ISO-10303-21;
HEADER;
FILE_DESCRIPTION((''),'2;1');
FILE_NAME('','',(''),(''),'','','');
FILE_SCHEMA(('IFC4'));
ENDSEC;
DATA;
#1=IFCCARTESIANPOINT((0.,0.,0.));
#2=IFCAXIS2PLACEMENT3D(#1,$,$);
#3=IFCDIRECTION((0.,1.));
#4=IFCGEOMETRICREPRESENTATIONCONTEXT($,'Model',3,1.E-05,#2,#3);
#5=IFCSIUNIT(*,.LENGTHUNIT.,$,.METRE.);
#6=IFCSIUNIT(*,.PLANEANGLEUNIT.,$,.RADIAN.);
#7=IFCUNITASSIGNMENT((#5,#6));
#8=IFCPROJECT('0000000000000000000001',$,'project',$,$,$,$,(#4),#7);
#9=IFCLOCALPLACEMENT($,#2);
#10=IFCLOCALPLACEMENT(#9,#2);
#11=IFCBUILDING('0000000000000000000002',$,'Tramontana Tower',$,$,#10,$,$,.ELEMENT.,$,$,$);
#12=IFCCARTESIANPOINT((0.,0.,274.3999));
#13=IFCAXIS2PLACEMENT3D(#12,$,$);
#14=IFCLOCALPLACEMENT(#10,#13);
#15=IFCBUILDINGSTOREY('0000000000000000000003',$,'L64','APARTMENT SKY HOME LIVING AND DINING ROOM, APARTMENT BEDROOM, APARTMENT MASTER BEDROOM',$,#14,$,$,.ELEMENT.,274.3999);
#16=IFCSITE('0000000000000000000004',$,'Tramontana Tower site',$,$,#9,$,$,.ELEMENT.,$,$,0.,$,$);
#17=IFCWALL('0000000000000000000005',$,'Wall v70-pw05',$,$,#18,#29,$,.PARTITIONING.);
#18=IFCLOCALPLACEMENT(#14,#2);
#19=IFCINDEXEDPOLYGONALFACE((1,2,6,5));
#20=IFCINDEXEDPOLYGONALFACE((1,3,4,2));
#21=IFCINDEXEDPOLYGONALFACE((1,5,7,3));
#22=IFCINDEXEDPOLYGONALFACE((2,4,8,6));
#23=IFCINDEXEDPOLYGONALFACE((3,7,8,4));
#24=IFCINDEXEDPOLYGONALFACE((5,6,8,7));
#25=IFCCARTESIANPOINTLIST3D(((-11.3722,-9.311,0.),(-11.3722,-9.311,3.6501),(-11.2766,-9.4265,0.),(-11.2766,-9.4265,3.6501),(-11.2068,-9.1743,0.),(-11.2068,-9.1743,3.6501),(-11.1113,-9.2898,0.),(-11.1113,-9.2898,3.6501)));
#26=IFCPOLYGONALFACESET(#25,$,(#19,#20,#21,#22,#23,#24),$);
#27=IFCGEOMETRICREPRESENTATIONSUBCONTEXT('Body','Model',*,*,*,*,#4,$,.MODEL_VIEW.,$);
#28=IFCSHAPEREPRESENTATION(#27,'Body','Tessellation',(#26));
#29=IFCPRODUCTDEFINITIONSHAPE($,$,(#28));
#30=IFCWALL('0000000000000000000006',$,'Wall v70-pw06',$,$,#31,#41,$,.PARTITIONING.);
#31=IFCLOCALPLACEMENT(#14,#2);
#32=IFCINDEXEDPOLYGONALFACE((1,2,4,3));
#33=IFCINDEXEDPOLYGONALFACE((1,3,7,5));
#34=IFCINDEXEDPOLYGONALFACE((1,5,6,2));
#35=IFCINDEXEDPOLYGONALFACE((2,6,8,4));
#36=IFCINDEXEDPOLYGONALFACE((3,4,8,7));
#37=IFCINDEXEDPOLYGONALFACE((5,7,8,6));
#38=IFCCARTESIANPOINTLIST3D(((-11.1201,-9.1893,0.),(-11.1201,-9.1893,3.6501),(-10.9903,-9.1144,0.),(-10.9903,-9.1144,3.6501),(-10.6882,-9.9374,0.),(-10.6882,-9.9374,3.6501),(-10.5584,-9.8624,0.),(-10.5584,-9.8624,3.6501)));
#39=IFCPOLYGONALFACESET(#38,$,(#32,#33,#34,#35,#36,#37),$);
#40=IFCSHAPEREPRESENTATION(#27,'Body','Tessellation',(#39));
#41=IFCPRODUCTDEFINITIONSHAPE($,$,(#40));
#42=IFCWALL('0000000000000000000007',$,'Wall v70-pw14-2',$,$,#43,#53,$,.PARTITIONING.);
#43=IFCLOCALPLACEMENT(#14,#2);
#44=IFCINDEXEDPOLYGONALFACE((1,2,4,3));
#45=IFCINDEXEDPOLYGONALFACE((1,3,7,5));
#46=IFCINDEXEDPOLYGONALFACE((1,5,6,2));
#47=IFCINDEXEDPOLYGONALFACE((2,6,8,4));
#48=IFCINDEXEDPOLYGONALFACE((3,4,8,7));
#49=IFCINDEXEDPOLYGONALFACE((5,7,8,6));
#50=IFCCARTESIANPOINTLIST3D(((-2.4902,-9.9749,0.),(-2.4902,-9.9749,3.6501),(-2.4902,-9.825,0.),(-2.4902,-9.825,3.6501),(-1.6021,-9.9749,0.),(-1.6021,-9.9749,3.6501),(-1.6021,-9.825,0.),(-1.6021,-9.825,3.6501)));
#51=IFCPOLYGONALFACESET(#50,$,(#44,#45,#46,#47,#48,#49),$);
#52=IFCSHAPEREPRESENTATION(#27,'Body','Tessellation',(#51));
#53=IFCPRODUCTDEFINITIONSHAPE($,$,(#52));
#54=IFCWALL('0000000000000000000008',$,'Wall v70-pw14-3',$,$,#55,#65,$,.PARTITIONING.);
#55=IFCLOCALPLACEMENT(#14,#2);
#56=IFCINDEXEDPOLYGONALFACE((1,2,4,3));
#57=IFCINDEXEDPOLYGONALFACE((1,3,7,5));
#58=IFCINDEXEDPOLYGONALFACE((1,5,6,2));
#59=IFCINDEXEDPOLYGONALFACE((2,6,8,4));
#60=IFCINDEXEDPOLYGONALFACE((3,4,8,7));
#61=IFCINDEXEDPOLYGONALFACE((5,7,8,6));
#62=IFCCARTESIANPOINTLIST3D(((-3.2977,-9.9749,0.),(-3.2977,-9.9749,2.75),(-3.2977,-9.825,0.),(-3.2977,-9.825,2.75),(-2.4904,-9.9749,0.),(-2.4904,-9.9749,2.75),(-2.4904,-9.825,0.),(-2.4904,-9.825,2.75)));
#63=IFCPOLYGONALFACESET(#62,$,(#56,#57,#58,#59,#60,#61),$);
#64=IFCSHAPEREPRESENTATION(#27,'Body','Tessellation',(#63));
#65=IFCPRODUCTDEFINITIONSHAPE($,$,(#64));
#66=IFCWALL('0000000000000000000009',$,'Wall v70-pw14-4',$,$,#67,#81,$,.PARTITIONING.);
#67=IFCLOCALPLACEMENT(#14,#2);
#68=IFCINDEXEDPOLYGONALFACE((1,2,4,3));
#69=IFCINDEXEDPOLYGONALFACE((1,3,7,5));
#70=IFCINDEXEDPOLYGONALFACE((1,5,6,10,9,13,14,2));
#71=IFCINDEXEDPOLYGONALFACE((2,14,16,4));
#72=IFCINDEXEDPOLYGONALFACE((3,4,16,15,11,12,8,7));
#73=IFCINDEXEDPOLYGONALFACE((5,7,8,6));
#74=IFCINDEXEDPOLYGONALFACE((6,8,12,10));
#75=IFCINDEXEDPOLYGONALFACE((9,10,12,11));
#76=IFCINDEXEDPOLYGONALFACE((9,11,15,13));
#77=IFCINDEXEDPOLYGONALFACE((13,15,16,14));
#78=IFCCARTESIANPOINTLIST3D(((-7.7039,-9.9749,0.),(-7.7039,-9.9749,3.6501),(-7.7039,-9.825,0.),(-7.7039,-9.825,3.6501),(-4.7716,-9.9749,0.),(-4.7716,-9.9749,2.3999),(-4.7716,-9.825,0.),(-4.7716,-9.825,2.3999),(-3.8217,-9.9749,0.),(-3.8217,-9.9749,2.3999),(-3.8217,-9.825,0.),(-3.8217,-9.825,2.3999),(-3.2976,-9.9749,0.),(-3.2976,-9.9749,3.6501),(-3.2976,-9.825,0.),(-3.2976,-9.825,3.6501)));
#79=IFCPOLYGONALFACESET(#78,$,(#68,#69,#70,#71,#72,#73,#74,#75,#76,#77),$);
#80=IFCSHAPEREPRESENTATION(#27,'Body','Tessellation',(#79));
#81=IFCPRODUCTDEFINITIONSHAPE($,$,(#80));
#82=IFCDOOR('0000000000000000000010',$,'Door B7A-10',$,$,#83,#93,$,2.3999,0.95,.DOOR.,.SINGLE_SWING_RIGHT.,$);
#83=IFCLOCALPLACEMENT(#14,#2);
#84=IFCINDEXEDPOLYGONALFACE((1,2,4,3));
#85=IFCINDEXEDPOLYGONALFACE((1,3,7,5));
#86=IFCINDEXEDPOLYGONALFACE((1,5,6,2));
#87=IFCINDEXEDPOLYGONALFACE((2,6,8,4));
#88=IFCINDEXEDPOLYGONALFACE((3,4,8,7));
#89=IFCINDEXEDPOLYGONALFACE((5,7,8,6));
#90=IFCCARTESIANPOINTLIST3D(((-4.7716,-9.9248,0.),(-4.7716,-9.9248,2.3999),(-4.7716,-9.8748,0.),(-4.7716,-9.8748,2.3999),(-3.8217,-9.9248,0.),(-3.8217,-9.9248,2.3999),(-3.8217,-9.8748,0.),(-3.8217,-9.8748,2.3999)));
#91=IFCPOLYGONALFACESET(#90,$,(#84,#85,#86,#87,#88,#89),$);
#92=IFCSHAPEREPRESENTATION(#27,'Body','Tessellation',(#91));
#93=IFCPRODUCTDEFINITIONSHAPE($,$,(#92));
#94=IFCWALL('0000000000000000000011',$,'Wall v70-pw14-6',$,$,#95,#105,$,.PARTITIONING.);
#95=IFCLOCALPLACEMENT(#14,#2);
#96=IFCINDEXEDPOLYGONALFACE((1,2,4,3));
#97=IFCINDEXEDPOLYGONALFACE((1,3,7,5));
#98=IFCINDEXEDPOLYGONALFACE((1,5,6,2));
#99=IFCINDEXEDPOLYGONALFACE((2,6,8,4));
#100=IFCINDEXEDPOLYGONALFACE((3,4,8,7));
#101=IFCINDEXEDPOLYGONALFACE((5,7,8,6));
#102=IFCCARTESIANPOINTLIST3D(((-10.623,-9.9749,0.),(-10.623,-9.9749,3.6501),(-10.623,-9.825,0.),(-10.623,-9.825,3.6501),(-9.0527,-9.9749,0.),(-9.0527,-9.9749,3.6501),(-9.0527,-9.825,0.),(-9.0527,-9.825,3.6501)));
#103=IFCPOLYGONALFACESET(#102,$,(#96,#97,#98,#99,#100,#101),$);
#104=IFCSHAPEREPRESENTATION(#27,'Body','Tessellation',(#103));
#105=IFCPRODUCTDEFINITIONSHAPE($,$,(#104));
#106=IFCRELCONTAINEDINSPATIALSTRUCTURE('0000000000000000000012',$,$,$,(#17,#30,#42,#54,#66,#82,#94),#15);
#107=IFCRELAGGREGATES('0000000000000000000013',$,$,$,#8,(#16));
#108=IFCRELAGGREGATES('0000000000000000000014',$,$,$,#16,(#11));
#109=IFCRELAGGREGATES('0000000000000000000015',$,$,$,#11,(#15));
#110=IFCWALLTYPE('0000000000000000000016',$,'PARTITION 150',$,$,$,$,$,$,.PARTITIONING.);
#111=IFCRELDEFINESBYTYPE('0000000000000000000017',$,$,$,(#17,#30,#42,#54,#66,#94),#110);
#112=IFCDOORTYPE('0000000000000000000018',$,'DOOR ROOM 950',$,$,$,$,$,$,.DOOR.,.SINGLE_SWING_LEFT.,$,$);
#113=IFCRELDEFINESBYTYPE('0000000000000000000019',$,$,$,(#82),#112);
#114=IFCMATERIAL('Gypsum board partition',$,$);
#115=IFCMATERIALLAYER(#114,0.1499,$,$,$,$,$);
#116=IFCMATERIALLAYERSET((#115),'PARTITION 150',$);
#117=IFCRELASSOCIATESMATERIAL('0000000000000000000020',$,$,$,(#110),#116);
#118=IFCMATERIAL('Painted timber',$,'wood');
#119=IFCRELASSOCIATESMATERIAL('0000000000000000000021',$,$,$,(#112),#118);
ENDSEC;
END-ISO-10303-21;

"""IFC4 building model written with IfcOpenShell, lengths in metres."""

from ifc_helpers import new_model, si_unit, direction, frame, frame_2d, origin, place, context, subcontext, project, spatial, rectangle, extrude, material, layer, layer_set, type_object, element, fill, save


model = new_model("IFC4")

# Units and contexts
model_context = context("Model", 3, precision=1e-05, world=origin(), true_north=direction((0.0, 1.0)))
body_context = subcontext(model_context, "Body", "Model", "MODEL_VIEW")
ifc_project = project(units=[si_unit("LENGTHUNIT", "METRE"), si_unit("PLANEANGLEUNIT", "RADIAN")], contexts=[model_context])

# Site, building, storey
site_placement = place(None, origin())
site = spatial("IfcSite", under=ifc_project, at=site_placement, Name="Tramontana Tower site", CompositionType="ELEMENT", RefElevation=0.0)
building_placement = place(site_placement, origin())
building = spatial("IfcBuilding", under=site, at=building_placement, Name="Tramontana Tower", CompositionType="ELEMENT")
storey_placement = place(building_placement, frame((0.0, 0.0, 274.3999)))
storey = spatial("IfcBuildingStorey", under=building, at=storey_placement, Name="L64", Description="APARTMENT SKY HOME LIVING AND DINING ROOM, APARTMENT BEDROOM, APARTMENT MASTER BEDROOM", CompositionType="ELEMENT", Elevation=274.3999)

# Walls
ifc_material_1 = material(Name="Gypsum board partition")
ifc_layer_1 = layer(ifc_material_1, 0.1499)
ifc_layer_set_1 = layer_set([ifc_layer_1], Name="PARTITION 150")
wall_type_1 = type_object("IfcWallType", Name="PARTITION 150", PredefinedType="PARTITIONING", material=ifc_layer_set_1)
wall_1_placement = place(storey_placement, frame((-11.1589, -9.2319, 0.0), z_axis=(0.0, 0.0, 1.0), x_axis=(-0.770549, -0.637381, 0.0)))
element("IfcWall", 1, at=wall_1_placement, inside=storey, type_object=wall_type_1, Name="Wall v70-pw05", PredefinedType="PARTITIONING", context=body_context, shape_type="SweptSolid", body=[
    extrude(rectangle(XDim=0.2146, YDim=0.1499, at=frame_2d((0.1074, 0.0))), origin(), (0.0, 0.0, 1.0), 3.6501),
])
wall_2_placement = place(storey_placement, frame((-10.6233, -9.8999, 0.0), z_axis=(0.0, 0.0, 1.0), x_axis=(-0.5, 0.866026, 0.0)))
element("IfcWall", 2, at=wall_2_placement, inside=storey, type_object=wall_type_1, Name="Wall v70-pw06", PredefinedType="PARTITIONING", context=body_context, shape_type="SweptSolid", body=[
    extrude(rectangle(XDim=0.8638, YDim=0.1499, at=frame_2d((0.4319, 0.0))), origin(), (0.0, 0.0, 1.0), 3.6501),
])
wall_3_placement = place(storey_placement, frame((-1.6021, -9.8999, 0.0), z_axis=(0.0, 0.0, 1.0), x_axis=(-1.0, 0.0, 0.0)))
element("IfcWall", 3, at=wall_3_placement, inside=storey, type_object=wall_type_1, Name="Wall v70-pw14-2", PredefinedType="PARTITIONING", context=body_context, shape_type="SweptSolid", body=[
    extrude(rectangle(XDim=0.8882, YDim=0.1499, at=frame_2d((0.4441, 0.0))), origin(), (0.0, 0.0, 1.0), 3.6501),
])
wall_4_placement = place(storey_placement, frame((-2.4902, -9.8999, 0.0), z_axis=(0.0, 0.0, 1.0), x_axis=(-1.0, 0.0, 0.0)))
element("IfcWall", 4, at=wall_4_placement, inside=storey, type_object=wall_type_1, Name="Wall v70-pw14-3", PredefinedType="PARTITIONING", context=body_context, shape_type="SweptSolid", body=[
    extrude(rectangle(XDim=0.8074, YDim=0.1499, at=frame_2d((0.4038, 0.0))), origin(), (0.0, 0.0, 1.0), 2.75),
])

# Wall, opening, door
wall_5_placement = place(storey_placement, frame((-3.2976, -9.8999, 0.0), z_axis=(0.0, 0.0, 1.0), x_axis=(-1.0, 0.0, 0.0)))
wall_5 = element("IfcWall", 5, at=wall_5_placement, inside=storey, type_object=wall_type_1, Name="Wall v70-pw14-4", PredefinedType="PARTITIONING", context=body_context, shape_type="SweptSolid", body=[
    extrude(rectangle(XDim=4.4062, YDim=0.1499, at=frame_2d((2.2031, 0.0))), origin(), (0.0, 0.0, 1.0), 3.6501),
])
opening_1_placement = place(wall_5_placement, frame((0.5239, 0.0, 0.0)))
opening_1 = element("IfcOpeningElement", 6, at=opening_1_placement, cuts=wall_5, PredefinedType="OPENING", context=body_context, shape_type="SweptSolid", body=[
    extrude(rectangle(XDim=0.95, YDim=2.3999, at=frame_2d((0.4751, 1.2))), frame((0.0, 0.085, 0.0), z_axis=(0.0, -1.0, 0.0), x_axis=(1.0, 0.0, 0.0)), (0.0, 0.0, 1.0), 0.1699),
])
ifc_material_2 = material(Name="Painted timber", Category="wood")
door_type_1 = type_object("IfcDoorType", Name="DOOR ROOM 950", OperationType="SINGLE_SWING_LEFT", PredefinedType="DOOR", material=ifc_material_2)
door_1_placement = place(opening_1_placement, origin())
door_1 = element("IfcDoor", 7, at=door_1_placement, inside=storey, type_object=door_type_1, Name="Door B7A-10", OperationType="SINGLE_SWING_RIGHT", OverallHeight=2.3999, OverallWidth=0.95, PredefinedType="DOOR", context=body_context, shape_type="SweptSolid", body=[
    extrude(rectangle(XDim=0.95, YDim=2.3999, at=frame_2d((0.4751, 1.2))), frame((0.0, 0.0249, 0.0), z_axis=(0.0, -1.0, 0.0), x_axis=(1.0, 0.0, 0.0)), (0.0, 0.0, 1.0), 0.05),
])
fill(opening_1, door_1)

# Wall
wall_6_placement = place(storey_placement, frame((-9.0527, -9.8999, 0.0), z_axis=(0.0, 0.0, 1.0), x_axis=(-1.0, 0.0, 0.0)))
element("IfcWall", 8, at=wall_6_placement, inside=storey, type_object=wall_type_1, Name="Wall v70-pw14-6", PredefinedType="PARTITIONING", context=body_context, shape_type="SweptSolid", body=[
    extrude(rectangle(XDim=1.5703, YDim=0.1499, at=frame_2d((0.7852, 0.0))), origin(), (0.0, 0.0, 1.0), 3.6501),
])

save(model, "model.ifc")
